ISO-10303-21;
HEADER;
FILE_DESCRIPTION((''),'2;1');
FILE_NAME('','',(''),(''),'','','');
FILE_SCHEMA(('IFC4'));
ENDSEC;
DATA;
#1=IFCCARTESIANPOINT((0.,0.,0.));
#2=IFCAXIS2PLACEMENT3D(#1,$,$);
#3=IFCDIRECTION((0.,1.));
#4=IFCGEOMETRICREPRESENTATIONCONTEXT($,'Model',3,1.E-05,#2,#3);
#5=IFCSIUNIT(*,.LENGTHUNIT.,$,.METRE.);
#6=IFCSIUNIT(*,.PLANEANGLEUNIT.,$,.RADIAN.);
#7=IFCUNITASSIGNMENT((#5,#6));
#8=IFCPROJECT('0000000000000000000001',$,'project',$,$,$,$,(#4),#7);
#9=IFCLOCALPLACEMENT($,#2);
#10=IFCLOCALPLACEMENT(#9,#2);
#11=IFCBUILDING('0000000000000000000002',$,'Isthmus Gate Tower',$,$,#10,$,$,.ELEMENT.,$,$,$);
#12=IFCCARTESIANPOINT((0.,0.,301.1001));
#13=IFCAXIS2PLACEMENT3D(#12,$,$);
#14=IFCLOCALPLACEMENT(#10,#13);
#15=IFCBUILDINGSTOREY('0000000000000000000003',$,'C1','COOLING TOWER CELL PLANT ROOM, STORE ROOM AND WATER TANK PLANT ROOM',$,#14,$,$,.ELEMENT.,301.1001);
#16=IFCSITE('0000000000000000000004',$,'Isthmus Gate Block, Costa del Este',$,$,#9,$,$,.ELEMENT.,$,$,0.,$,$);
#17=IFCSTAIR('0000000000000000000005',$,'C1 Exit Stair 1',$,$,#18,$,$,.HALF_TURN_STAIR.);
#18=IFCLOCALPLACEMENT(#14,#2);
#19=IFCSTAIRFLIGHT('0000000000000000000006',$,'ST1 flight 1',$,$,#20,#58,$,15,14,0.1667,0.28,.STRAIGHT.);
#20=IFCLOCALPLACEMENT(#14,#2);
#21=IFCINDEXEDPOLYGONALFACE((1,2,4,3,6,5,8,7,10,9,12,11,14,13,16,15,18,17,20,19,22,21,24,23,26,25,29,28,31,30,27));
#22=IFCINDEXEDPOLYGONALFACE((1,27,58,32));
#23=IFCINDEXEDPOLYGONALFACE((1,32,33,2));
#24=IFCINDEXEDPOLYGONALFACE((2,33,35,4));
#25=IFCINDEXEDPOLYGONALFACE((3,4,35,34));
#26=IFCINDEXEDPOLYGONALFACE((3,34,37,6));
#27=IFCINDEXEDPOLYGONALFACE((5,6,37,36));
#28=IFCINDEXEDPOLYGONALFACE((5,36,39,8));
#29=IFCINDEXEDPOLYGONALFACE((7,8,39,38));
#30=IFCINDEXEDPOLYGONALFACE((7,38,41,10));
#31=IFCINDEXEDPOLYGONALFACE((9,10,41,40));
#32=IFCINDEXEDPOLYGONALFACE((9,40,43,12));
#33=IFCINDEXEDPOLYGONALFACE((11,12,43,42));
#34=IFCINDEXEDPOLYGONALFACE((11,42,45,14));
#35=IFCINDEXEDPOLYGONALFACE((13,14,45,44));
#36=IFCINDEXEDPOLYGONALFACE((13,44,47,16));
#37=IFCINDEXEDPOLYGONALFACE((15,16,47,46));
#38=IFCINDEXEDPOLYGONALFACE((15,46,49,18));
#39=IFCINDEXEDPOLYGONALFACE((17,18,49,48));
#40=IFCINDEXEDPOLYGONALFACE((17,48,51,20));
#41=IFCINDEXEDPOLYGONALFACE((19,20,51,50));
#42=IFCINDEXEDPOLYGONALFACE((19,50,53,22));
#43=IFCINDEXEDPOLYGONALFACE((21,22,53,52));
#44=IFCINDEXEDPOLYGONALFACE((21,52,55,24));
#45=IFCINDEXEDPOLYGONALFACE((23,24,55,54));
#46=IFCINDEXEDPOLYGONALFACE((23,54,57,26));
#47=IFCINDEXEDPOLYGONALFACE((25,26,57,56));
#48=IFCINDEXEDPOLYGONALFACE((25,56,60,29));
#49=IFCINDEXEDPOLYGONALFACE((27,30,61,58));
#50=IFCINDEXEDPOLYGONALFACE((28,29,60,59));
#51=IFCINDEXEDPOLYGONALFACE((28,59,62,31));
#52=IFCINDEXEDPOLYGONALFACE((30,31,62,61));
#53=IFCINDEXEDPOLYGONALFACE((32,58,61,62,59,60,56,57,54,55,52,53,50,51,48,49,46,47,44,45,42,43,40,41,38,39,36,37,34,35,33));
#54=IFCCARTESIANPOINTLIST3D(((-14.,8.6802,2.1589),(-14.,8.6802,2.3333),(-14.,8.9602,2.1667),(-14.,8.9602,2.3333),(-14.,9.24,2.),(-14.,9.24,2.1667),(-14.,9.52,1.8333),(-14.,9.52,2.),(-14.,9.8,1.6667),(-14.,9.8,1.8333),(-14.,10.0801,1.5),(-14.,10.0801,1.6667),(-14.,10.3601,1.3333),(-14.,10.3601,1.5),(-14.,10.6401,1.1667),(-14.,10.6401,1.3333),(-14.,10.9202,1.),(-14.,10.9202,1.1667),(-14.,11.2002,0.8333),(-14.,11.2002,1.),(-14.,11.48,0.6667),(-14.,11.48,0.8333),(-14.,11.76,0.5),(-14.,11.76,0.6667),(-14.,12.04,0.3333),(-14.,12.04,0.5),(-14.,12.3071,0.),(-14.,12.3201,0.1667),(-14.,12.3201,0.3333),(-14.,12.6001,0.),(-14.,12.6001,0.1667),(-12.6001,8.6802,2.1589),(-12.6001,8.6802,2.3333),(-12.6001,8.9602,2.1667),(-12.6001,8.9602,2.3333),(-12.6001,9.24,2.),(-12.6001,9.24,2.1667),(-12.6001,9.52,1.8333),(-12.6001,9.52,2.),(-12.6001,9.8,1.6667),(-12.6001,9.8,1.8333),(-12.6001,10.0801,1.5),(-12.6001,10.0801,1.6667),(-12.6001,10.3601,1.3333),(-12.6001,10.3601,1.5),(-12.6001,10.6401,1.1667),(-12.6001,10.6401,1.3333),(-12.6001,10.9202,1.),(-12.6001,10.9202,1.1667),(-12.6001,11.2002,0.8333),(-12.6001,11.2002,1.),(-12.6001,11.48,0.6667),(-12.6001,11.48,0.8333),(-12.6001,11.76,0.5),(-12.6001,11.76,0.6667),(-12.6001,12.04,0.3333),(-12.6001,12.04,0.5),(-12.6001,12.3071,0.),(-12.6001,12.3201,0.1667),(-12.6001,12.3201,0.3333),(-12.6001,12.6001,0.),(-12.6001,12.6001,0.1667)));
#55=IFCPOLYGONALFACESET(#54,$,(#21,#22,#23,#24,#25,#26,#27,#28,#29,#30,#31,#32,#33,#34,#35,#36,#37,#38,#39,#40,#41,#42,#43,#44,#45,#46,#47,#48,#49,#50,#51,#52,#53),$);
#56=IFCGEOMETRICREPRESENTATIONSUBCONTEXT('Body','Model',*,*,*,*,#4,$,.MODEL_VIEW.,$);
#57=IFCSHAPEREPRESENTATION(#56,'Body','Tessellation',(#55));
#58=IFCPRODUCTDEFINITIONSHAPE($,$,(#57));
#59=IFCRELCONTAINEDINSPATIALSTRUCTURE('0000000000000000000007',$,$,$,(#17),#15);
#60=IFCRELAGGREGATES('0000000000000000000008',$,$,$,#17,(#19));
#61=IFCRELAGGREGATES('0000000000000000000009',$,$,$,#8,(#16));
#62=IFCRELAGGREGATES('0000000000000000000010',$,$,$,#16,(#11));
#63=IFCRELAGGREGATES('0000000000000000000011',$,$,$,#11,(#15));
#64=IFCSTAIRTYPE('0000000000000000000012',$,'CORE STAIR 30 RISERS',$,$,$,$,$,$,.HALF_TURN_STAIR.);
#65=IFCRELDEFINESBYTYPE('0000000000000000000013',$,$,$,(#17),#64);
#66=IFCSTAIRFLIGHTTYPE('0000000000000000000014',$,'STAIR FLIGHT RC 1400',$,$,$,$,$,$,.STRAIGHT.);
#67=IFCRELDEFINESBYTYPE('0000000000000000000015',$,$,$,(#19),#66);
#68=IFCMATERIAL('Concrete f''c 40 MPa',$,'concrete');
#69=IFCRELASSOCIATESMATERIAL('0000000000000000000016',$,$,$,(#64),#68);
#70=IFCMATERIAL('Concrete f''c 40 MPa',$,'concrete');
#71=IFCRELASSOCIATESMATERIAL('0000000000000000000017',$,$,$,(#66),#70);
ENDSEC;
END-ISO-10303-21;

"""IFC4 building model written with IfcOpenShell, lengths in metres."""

from ifc_helpers import new_model, si_unit, direction, frame, origin, place, context, subcontext, project, spatial, polyline, outline, extrude, material, type_object, element, aggregate, save


model = new_model("IFC4")

# Units and contexts
model_context = context("Model", 3, precision=1e-05, world=origin(), true_north=direction((0.0, 1.0)))
body_context = subcontext(model_context, "Body", "Model", "MODEL_VIEW")
ifc_project = project(units=[si_unit("LENGTHUNIT", "METRE"), si_unit("PLANEANGLEUNIT", "RADIAN")], contexts=[model_context])

# Site, building, storey
site_placement = place(None, origin())
site = spatial("IfcSite", under=ifc_project, at=site_placement, Name="Isthmus Gate Block, Costa del Este", CompositionType="ELEMENT", RefElevation=0.0)
building_placement = place(site_placement, origin())
building = spatial("IfcBuilding", under=site, at=building_placement, Name="Isthmus Gate Tower", CompositionType="ELEMENT")
storey_placement = place(building_placement, frame((0.0, 0.0, 301.1001)))
storey = spatial("IfcBuildingStorey", under=building, at=storey_placement, Name="C1", Description="COOLING TOWER CELL PLANT ROOM, STORE ROOM AND WATER TANK PLANT ROOM", CompositionType="ELEMENT", Elevation=301.1001)

# Stair, stair flight
ifc_material_1 = material(Name="Concrete f'c 40 MPa", Category="concrete")
stair_type = type_object("IfcStairType", Name="CORE STAIR 30 RISERS", PredefinedType="HALF_TURN_STAIR", material=ifc_material_1)
stair_placement = place(storey_placement, origin())
stair = element("IfcStair", 1, at=stair_placement, inside=storey, type_object=stair_type, Name="C1 Exit Stair 1", PredefinedType="HALF_TURN_STAIR")
ifc_material_2 = material(Name="Concrete f'c 40 MPa", Category="concrete")
stair_flight_type = type_object("IfcStairFlightType", Name="STAIR FLIGHT RC 1400", PredefinedType="STRAIGHT", material=ifc_material_2)
stair_flight_placement = place(storey_placement, frame((-13.3, 12.6001, 0.0), z_axis=(0.0, 0.0, 1.0), x_axis=(0.0, -1.0, 0.0)))
stair_flight = element("IfcStairFlight", 2, at=stair_flight_placement, type_object=stair_flight_type, Name="ST1 flight 1", NumberOfRisers=15, NumberOfTreads=14, PredefinedType="STRAIGHT", RiserHeight=0.1667, TreadLength=0.28, context=body_context, shape_type="SweptSolid", body=[
    extrude(outline(polyline([(0.0, 0.0), (0.0, 0.1667), (0.28, 0.1667), (0.28, 0.3333), (0.5601, 0.3333), (0.5601, 0.5), (0.8401, 0.5), (0.8401, 0.6667), (1.1201, 0.6667), (1.1201, 0.8333), (1.3999, 0.8333), (1.3999, 1.0), (1.6799, 1.0), (1.6799, 1.1667), (1.96, 1.1667), (1.96, 1.3333), (2.24, 1.3333), (2.24, 1.5), (2.52, 1.5), (2.52, 1.6667), (2.8, 1.6667), (2.8, 1.8333), (3.0801, 1.8333), (3.0801, 2.0), (3.3601, 2.0), (3.3601, 2.1667), (3.6399, 2.1667), (3.6399, 2.3333), (3.9199, 2.3333), (3.9199, 2.5), (3.9199, 2.1589), (0.293, 0.0), (0.0, 0.0)])), frame((0.0, 0.7, 0.0), z_axis=(0.0, -1.0, 0.0), x_axis=(1.0, 0.0, 0.0)), (0.0, 0.0, 1.0), 1.3999),
])
aggregate(stair, [stair_flight])

save(model, "model.ifc")
